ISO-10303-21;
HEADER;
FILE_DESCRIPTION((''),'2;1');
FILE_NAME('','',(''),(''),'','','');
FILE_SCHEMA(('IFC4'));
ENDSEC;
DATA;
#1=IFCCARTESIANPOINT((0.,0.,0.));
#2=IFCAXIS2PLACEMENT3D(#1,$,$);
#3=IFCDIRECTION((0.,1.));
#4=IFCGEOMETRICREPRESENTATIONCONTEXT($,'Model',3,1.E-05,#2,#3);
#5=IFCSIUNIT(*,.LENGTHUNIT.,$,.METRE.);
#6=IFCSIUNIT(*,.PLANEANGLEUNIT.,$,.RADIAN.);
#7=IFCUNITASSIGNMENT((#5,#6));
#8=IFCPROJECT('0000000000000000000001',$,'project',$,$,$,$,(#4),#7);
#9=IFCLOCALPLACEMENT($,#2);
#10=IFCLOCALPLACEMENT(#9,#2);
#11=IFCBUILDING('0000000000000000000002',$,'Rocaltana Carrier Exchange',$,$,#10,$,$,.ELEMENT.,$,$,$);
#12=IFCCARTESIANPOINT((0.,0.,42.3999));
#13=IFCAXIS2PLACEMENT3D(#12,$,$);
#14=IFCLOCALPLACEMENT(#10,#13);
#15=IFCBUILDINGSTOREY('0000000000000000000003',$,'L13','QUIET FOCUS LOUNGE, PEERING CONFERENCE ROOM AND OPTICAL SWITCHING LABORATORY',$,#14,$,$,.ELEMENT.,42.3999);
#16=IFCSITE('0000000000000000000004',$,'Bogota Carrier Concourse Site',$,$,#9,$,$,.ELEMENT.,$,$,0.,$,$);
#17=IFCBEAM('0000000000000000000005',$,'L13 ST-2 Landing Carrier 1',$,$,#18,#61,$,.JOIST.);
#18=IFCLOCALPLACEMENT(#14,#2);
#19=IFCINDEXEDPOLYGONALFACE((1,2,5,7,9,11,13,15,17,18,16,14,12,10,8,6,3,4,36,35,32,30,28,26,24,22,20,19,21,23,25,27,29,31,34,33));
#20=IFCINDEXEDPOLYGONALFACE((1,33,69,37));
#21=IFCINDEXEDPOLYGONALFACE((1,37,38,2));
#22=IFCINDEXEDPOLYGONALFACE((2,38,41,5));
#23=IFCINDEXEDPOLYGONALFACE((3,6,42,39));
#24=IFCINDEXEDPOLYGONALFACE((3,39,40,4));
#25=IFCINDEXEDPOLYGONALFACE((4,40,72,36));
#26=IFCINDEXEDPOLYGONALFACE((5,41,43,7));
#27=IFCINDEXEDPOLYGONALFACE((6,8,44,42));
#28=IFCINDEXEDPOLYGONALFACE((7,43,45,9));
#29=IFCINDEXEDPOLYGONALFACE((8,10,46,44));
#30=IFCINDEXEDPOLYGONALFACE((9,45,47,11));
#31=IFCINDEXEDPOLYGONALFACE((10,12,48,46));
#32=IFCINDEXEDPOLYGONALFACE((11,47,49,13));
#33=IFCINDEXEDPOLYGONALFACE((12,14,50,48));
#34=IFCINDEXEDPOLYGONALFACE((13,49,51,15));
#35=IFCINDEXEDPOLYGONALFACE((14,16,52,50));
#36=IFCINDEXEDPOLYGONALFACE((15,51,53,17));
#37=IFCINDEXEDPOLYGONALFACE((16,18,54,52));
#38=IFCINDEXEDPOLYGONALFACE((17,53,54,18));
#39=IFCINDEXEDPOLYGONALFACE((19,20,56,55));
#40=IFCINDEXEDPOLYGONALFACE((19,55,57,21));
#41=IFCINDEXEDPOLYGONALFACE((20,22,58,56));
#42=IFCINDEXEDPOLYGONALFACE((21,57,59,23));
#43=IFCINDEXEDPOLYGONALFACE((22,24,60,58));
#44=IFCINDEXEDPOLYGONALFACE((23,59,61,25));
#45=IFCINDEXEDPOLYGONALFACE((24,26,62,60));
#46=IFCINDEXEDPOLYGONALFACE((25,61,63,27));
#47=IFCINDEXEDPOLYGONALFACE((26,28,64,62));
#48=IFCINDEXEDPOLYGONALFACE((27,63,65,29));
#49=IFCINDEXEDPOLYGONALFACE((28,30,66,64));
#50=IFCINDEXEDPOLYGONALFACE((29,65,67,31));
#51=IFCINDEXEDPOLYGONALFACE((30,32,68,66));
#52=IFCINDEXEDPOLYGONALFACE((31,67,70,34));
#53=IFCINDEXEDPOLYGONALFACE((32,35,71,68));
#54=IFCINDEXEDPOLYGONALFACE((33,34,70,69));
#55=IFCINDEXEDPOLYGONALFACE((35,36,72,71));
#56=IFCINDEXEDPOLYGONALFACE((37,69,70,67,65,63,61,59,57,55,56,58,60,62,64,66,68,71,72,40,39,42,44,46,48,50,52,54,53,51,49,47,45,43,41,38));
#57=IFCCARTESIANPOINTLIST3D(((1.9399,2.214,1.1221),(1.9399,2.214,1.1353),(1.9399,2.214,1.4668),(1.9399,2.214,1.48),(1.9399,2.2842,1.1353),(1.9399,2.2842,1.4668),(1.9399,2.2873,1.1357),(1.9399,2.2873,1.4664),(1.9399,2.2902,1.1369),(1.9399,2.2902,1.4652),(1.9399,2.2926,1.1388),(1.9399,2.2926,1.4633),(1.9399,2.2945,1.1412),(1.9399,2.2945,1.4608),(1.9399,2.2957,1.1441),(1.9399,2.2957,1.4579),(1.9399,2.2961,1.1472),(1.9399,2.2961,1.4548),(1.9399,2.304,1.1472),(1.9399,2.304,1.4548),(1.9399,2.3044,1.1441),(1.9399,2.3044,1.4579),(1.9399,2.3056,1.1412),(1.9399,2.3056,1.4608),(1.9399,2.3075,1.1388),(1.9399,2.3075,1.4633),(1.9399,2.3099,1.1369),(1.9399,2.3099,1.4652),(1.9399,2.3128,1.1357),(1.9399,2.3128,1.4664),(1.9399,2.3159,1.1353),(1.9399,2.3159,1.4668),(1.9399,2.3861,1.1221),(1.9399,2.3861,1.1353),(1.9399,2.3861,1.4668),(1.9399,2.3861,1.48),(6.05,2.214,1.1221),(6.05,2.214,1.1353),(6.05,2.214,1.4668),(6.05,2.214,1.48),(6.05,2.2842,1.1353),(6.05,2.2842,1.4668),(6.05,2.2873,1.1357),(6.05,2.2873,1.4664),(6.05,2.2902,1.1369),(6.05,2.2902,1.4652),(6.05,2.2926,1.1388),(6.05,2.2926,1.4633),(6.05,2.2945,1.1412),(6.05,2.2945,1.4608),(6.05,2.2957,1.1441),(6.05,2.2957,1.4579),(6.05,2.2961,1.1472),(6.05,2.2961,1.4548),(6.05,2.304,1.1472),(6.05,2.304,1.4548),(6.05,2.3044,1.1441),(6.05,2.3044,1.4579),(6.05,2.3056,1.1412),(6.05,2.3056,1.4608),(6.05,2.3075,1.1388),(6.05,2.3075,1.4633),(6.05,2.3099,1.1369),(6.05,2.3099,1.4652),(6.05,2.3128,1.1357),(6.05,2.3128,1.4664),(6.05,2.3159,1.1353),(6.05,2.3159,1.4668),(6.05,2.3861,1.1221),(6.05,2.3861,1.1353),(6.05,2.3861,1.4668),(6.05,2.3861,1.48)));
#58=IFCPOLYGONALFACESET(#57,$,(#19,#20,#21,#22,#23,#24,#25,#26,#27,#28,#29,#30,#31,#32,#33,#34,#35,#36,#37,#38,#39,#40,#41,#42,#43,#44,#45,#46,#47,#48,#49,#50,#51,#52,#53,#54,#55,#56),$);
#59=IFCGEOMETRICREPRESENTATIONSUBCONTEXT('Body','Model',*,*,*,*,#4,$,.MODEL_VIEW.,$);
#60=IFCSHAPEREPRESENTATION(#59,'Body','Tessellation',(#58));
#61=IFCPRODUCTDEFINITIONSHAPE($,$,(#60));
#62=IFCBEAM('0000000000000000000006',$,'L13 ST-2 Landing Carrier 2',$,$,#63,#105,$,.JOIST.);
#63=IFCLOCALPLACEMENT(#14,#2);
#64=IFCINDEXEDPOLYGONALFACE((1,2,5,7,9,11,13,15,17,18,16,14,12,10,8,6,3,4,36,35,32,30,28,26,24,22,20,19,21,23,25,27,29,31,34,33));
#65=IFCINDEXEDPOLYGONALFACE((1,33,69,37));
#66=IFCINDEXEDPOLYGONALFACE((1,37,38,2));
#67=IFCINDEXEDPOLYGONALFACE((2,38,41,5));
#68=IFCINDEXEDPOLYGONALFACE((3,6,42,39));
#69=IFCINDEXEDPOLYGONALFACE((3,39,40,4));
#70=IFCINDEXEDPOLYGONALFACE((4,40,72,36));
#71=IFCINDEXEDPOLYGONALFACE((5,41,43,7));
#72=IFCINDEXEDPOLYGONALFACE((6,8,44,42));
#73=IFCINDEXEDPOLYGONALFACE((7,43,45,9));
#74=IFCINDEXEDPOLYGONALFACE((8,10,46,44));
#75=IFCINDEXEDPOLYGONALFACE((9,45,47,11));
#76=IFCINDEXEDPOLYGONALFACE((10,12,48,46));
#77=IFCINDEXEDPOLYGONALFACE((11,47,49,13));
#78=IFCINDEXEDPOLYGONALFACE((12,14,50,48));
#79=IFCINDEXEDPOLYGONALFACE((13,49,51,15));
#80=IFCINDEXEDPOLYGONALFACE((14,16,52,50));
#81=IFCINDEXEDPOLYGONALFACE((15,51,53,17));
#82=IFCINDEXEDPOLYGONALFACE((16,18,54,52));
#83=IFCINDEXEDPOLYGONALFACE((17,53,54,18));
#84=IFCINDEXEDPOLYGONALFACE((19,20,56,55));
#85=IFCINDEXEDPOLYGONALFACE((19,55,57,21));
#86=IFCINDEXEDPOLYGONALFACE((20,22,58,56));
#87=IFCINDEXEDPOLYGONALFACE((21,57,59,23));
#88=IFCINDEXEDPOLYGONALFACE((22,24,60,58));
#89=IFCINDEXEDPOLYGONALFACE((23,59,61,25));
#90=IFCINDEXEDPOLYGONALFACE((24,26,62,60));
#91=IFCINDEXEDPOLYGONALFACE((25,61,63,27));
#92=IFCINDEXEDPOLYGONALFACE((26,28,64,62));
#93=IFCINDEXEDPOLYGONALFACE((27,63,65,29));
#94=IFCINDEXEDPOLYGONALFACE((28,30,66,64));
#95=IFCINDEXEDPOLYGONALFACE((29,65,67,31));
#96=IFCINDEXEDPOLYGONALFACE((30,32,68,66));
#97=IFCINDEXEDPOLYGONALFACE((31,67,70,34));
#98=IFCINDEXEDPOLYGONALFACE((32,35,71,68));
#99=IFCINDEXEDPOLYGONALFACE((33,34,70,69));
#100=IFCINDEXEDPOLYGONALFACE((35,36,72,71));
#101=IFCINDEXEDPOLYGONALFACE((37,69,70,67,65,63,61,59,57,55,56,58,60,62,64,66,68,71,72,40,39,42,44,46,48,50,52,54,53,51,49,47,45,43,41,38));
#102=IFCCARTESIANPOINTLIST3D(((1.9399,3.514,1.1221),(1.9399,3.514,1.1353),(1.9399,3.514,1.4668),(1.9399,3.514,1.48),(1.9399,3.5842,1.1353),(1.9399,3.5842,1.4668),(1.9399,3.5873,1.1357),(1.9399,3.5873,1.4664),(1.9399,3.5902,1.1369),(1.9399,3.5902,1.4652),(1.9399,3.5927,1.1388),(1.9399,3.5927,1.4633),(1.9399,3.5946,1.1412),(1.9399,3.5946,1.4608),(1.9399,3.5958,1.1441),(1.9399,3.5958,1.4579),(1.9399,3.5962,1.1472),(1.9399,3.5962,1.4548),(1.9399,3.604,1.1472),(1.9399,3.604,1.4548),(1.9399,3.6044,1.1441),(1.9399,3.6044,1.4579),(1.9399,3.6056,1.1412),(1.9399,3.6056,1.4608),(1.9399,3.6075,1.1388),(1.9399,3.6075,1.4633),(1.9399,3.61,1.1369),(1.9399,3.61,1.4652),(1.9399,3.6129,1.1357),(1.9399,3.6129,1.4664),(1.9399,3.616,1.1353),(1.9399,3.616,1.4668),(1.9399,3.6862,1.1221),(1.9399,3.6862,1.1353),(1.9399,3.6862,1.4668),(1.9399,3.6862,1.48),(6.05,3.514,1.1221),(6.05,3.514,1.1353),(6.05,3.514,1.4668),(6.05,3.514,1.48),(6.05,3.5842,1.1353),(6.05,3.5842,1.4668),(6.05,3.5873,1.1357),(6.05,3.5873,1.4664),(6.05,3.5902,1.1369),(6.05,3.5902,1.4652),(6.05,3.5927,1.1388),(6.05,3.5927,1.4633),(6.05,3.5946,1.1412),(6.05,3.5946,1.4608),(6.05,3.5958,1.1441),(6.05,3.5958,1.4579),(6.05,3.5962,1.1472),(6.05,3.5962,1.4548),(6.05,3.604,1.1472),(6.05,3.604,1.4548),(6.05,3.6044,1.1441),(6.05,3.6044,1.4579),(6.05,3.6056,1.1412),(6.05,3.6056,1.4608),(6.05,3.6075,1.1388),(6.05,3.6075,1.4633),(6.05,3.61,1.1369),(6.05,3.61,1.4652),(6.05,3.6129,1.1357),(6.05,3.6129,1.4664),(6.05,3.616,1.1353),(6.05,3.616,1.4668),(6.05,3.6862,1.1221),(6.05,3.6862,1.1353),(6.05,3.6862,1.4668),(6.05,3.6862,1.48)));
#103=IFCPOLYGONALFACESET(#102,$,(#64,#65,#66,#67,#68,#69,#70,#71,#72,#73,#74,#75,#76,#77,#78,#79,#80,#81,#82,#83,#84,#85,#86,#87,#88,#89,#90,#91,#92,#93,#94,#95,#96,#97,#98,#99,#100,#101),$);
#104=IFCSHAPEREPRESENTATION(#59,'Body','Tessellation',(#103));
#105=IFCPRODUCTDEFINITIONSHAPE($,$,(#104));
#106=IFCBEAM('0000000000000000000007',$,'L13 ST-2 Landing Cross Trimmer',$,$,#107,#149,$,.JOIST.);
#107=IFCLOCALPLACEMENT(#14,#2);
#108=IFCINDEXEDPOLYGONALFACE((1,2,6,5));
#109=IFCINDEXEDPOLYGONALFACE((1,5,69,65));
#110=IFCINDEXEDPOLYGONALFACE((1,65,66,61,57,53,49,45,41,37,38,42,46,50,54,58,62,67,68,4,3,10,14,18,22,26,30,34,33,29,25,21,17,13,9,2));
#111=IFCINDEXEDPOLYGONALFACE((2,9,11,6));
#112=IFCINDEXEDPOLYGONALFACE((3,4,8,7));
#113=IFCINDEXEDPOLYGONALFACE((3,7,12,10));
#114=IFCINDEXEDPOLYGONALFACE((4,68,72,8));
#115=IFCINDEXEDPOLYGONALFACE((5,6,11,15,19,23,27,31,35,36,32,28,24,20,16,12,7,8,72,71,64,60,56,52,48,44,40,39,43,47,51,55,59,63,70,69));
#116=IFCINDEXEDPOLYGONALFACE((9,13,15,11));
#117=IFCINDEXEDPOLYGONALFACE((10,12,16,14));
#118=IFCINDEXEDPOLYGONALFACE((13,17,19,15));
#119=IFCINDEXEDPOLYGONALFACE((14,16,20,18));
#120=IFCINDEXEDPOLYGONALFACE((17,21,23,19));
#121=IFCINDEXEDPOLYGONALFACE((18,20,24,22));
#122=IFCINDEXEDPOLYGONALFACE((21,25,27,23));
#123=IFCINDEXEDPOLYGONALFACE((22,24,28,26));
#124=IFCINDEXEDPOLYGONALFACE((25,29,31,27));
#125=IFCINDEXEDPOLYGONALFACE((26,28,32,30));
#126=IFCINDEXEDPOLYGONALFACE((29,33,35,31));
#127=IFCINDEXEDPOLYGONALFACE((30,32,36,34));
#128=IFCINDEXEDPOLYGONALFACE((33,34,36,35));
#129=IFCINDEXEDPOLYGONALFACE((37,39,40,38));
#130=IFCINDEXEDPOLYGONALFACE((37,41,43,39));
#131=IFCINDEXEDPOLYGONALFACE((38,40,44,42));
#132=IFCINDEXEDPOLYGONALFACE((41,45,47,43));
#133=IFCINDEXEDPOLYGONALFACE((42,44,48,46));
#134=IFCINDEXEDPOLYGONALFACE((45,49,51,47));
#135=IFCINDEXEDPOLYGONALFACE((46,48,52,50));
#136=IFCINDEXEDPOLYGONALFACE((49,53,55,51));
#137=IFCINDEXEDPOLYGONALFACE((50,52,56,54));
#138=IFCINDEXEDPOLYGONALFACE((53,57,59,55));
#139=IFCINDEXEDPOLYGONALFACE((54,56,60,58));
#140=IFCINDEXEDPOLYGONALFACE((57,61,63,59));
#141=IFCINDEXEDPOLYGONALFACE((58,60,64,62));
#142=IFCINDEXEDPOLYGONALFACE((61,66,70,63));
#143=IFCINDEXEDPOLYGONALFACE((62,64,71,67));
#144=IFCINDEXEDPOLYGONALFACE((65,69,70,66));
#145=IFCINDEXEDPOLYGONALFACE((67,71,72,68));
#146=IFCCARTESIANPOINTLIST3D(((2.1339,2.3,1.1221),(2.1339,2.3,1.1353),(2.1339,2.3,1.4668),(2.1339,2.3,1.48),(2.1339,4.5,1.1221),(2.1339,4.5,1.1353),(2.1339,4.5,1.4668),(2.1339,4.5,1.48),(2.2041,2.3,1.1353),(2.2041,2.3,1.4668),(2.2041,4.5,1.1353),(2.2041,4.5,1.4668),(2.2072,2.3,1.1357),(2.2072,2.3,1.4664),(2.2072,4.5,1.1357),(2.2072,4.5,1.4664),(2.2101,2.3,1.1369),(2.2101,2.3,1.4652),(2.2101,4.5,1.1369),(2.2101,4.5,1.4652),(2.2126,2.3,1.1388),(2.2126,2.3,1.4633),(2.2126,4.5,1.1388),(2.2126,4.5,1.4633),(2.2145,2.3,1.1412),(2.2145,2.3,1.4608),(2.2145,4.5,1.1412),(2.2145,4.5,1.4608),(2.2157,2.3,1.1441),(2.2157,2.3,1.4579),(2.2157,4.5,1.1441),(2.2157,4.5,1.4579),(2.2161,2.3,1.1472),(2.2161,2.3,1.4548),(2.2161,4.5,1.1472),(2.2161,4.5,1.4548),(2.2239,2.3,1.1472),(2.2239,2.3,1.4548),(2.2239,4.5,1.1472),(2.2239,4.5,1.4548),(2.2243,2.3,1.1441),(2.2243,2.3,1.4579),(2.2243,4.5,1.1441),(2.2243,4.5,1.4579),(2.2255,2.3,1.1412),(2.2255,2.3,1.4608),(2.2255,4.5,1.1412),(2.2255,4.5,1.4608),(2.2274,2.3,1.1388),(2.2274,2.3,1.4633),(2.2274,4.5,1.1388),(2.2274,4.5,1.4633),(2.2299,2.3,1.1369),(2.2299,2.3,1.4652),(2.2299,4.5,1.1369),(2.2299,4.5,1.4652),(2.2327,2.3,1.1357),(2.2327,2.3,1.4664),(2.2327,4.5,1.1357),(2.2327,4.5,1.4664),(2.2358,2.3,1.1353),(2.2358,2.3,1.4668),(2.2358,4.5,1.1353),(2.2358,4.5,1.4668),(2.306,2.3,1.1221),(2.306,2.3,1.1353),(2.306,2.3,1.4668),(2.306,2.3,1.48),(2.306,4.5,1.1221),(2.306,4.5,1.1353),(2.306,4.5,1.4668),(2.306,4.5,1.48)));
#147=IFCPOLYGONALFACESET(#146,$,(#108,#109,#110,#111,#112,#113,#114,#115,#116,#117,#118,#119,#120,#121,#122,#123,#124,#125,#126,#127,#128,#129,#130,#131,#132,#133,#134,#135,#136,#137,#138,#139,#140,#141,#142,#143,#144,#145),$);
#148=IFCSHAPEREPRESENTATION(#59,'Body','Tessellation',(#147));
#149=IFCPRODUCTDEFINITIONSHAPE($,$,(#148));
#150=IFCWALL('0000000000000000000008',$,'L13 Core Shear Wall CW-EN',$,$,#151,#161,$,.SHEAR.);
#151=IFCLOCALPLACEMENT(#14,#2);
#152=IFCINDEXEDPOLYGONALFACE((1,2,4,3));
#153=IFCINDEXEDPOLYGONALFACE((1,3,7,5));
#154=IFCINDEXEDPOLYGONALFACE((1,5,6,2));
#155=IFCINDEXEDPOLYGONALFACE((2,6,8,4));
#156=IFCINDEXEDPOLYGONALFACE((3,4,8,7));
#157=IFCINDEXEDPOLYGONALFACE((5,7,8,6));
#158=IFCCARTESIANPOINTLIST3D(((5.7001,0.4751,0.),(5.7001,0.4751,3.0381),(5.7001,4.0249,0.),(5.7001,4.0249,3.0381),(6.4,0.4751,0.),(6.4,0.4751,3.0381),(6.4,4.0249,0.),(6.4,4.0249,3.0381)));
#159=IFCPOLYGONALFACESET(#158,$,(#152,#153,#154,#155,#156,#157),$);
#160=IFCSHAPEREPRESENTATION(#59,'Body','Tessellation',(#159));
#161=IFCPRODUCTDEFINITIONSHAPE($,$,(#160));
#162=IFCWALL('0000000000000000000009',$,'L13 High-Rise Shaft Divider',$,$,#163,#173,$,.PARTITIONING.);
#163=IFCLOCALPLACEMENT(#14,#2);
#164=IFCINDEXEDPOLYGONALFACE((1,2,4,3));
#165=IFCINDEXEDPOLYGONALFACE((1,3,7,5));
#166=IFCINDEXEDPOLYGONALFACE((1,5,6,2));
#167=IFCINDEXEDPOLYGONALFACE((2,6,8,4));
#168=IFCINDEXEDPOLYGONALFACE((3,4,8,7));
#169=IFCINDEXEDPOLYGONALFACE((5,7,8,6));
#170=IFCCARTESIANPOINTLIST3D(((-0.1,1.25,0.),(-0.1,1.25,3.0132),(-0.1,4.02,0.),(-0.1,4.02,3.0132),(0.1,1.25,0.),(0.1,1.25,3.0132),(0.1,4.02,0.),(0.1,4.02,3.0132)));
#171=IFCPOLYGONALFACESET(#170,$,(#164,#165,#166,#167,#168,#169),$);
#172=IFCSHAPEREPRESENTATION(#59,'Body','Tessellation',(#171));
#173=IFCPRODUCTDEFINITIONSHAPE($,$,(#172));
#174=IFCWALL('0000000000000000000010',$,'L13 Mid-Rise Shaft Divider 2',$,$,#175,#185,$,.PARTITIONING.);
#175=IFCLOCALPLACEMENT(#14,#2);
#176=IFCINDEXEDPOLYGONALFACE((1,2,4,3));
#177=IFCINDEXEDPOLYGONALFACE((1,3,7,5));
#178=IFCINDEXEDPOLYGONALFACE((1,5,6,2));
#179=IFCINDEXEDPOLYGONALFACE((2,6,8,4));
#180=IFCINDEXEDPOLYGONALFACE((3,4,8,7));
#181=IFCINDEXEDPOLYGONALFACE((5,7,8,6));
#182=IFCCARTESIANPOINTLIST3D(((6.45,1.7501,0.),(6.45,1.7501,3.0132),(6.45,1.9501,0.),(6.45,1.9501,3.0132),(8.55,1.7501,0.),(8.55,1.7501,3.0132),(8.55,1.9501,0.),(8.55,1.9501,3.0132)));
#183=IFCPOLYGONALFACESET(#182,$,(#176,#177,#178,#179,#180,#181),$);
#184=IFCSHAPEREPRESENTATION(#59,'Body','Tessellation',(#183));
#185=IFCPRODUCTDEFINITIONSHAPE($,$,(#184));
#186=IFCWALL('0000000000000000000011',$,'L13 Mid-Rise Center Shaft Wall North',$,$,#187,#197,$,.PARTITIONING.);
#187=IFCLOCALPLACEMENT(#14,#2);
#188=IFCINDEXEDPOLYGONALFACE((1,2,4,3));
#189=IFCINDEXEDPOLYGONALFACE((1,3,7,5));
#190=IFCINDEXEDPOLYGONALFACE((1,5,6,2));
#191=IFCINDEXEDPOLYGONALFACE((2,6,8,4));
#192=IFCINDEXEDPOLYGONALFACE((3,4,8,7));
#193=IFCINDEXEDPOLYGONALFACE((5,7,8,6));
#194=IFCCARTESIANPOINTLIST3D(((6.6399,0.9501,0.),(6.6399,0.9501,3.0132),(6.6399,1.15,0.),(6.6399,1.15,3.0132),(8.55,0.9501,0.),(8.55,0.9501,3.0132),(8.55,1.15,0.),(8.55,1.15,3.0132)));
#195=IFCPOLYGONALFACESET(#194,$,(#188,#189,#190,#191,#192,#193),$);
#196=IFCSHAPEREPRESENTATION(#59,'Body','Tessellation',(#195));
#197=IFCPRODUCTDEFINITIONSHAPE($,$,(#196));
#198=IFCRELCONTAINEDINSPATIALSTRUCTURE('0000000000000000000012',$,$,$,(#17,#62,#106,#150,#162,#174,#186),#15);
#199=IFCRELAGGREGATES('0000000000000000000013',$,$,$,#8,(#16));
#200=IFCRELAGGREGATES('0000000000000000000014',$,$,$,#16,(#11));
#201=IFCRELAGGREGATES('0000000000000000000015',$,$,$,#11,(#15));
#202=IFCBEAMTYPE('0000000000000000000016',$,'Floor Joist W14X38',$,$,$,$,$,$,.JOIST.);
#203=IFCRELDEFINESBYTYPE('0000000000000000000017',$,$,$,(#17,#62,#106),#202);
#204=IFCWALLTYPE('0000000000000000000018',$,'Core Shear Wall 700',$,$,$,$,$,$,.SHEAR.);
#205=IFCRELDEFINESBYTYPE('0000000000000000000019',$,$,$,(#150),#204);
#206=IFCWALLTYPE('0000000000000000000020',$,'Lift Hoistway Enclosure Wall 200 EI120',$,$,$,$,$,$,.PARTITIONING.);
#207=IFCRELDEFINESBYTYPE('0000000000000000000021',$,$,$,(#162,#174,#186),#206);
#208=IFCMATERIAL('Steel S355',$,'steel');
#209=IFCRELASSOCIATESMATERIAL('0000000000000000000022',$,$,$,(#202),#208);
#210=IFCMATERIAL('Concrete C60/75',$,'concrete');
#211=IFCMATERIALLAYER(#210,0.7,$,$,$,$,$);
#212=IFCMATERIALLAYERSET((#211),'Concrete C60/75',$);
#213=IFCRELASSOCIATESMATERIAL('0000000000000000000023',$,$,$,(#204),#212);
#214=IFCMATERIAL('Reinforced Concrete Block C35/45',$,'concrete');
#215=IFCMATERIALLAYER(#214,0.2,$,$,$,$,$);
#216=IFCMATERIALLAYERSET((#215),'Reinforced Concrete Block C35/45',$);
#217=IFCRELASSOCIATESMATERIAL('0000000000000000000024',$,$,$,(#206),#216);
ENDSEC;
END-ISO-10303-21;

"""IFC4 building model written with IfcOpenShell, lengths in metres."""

from ifc_helpers import new_model, si_unit, direction, frame, frame_2d, origin, origin_2d, place, context, subcontext, project, spatial, rectangle, i_section, extrude, material, layer, layer_set, material_profile, profile_set, type_object, element, save


model = new_model("IFC4")

# Units and contexts
model_context = context("Model", 3, precision=1e-05, world=origin(), true_north=direction((0.0, 1.0)))
body_context = subcontext(model_context, "Body", "Model", "MODEL_VIEW")
ifc_project = project(units=[si_unit("LENGTHUNIT", "METRE"), si_unit("PLANEANGLEUNIT", "RADIAN")], contexts=[model_context])

# Site, building, storey
site_placement = place(None, origin())
site = spatial("IfcSite", under=ifc_project, at=site_placement, Name="Bogota Carrier Concourse Site", CompositionType="ELEMENT", RefElevation=0.0)
building_placement = place(site_placement, origin())
building = spatial("IfcBuilding", under=site, at=building_placement, Name="Rocaltana Carrier Exchange", CompositionType="ELEMENT")
storey_placement = place(building_placement, frame((0.0, 0.0, 42.3999)))
storey = spatial("IfcBuildingStorey", under=building, at=storey_placement, Name="L13", Description="QUIET FOCUS LOUNGE, PEERING CONFERENCE ROOM AND OPTICAL SWITCHING LABORATORY", CompositionType="ELEMENT", Elevation=42.3999)

# Beams
ifc_material_1 = material(Name="Steel S355", Category="steel")
ifc_material_profile = material_profile(ifc_material_1, i_section(OverallWidth=0.1721, OverallDepth=0.3579, WebThickness=0.0078, FlangeThickness=0.0132, FilletRadius=0.012, at=origin_2d()), Name="W14X38")
ifc_profile_set = profile_set([ifc_material_profile], Name="Steel S355")
beam_type = type_object("IfcBeamType", Name="Floor Joist W14X38", PredefinedType="JOIST", material=ifc_profile_set)
for number, where, z_axis, x_axis, name in (
    (1, (1.9399, 2.3, 1.301), (1.0, 0.0, 0.0), (0.0, 1.0, 0.0), "L13 ST-2 Landing Carrier 1"),
    (2, (1.9399, 3.6001, 1.301), (1.0, 0.0, 0.0), (0.0, 1.0, 0.0), "L13 ST-2 Landing Carrier 2"),
):
    element("IfcBeam", number, at=place(storey_placement, frame(where, z_axis=z_axis, x_axis=x_axis)), inside=storey, type_object=beam_type, Name=name, PredefinedType="JOIST", context=body_context, shape_type="SweptSolid", body=[
        extrude(i_section(OverallWidth=0.1721, OverallDepth=0.3579, WebThickness=0.0078, FlangeThickness=0.0132, FilletRadius=0.012, at=origin_2d()), origin(), (0.0, 0.0, 1.0), 4.1101),
    ])
beam_placement = place(storey_placement, frame((2.22, 2.3, 1.301), z_axis=(0.0, 1.0, 0.0), x_axis=(-1.0, 0.0, 0.0)))
element("IfcBeam", 3, at=beam_placement, inside=storey, type_object=beam_type, Name="L13 ST-2 Landing Cross Trimmer", PredefinedType="JOIST", context=body_context, shape_type="SweptSolid", body=[
    extrude(i_section(OverallWidth=0.1721, OverallDepth=0.3579, WebThickness=0.0078, FlangeThickness=0.0132, FilletRadius=0.012, at=origin_2d()), origin(), (0.0, 0.0, 1.0), 2.2),
])

# Walls
ifc_material_2 = material(Name="Concrete C60/75", Category="concrete")
ifc_layer_1 = layer(ifc_material_2, 0.7)
ifc_layer_set_1 = layer_set([ifc_layer_1], Name="Concrete C60/75")
wall_type_1 = type_object("IfcWallType", Name="Core Shear Wall 700", PredefinedType="SHEAR", material=ifc_layer_set_1)
wall_1_placement = place(storey_placement, frame((6.05, 0.4751, 0.0), z_axis=(0.0, 0.0, 1.0), x_axis=(0.0, 1.0, 0.0)))
element("IfcWall", 4, at=wall_1_placement, inside=storey, type_object=wall_type_1, Name="L13 Core Shear Wall CW-EN", PredefinedType="SHEAR", context=body_context, shape_type="SweptSolid", body=[
    extrude(rectangle(XDim=3.5498, YDim=0.7, at=frame_2d((1.7749, 0.0))), origin(), (0.0, 0.0, 1.0), 3.0381),
])
ifc_material_3 = material(Name="Reinforced Concrete Block C35/45", Category="concrete")
ifc_layer_2 = layer(ifc_material_3, 0.2)
ifc_layer_set_2 = layer_set([ifc_layer_2], Name="Reinforced Concrete Block C35/45")
wall_type_2 = type_object("IfcWallType", Name="Lift Hoistway Enclosure Wall 200 EI120", PredefinedType="PARTITIONING", material=ifc_layer_set_2)
wall_2_placement = place(storey_placement, frame((0.0, 1.25, 0.0), z_axis=(0.0, 0.0, 1.0), x_axis=(0.0, 1.0, 0.0)))
element("IfcWall", 5, at=wall_2_placement, inside=storey, type_object=wall_type_2, Name="L13 High-Rise Shaft Divider", PredefinedType="PARTITIONING", context=body_context, shape_type="SweptSolid", body=[
    extrude(rectangle(XDim=2.77, YDim=0.2, at=frame_2d((1.385, 0.0))), origin(), (0.0, 0.0, 1.0), 3.0132),
])
wall_3_placement = place(storey_placement, frame((6.45, 1.8501, 0.0), z_axis=(0.0, 0.0, 1.0), x_axis=(1.0, 0.0, 0.0)))
element("IfcWall", 6, at=wall_3_placement, inside=storey, type_object=wall_type_2, Name="L13 Mid-Rise Shaft Divider 2", PredefinedType="PARTITIONING", context=body_context, shape_type="SweptSolid", body=[
    extrude(rectangle(XDim=2.1001, YDim=0.2, at=frame_2d((1.05, 0.0))), origin(), (0.0, 0.0, 1.0), 3.0132),
])
wall_4_placement = place(storey_placement, frame((6.6399, 1.05, 0.0), z_axis=(0.0, 0.0, 1.0), x_axis=(1.0, 0.0, 0.0)))
element("IfcWall", 7, at=wall_4_placement, inside=storey, type_object=wall_type_2, Name="L13 Mid-Rise Center Shaft Wall North", PredefinedType="PARTITIONING", context=body_context, shape_type="SweptSolid", body=[
    extrude(rectangle(XDim=1.9102, YDim=0.2, at=frame_2d((0.9551, 0.0))), origin(), (0.0, 0.0, 1.0), 3.0132),
])

save(model, "model.ifc")
